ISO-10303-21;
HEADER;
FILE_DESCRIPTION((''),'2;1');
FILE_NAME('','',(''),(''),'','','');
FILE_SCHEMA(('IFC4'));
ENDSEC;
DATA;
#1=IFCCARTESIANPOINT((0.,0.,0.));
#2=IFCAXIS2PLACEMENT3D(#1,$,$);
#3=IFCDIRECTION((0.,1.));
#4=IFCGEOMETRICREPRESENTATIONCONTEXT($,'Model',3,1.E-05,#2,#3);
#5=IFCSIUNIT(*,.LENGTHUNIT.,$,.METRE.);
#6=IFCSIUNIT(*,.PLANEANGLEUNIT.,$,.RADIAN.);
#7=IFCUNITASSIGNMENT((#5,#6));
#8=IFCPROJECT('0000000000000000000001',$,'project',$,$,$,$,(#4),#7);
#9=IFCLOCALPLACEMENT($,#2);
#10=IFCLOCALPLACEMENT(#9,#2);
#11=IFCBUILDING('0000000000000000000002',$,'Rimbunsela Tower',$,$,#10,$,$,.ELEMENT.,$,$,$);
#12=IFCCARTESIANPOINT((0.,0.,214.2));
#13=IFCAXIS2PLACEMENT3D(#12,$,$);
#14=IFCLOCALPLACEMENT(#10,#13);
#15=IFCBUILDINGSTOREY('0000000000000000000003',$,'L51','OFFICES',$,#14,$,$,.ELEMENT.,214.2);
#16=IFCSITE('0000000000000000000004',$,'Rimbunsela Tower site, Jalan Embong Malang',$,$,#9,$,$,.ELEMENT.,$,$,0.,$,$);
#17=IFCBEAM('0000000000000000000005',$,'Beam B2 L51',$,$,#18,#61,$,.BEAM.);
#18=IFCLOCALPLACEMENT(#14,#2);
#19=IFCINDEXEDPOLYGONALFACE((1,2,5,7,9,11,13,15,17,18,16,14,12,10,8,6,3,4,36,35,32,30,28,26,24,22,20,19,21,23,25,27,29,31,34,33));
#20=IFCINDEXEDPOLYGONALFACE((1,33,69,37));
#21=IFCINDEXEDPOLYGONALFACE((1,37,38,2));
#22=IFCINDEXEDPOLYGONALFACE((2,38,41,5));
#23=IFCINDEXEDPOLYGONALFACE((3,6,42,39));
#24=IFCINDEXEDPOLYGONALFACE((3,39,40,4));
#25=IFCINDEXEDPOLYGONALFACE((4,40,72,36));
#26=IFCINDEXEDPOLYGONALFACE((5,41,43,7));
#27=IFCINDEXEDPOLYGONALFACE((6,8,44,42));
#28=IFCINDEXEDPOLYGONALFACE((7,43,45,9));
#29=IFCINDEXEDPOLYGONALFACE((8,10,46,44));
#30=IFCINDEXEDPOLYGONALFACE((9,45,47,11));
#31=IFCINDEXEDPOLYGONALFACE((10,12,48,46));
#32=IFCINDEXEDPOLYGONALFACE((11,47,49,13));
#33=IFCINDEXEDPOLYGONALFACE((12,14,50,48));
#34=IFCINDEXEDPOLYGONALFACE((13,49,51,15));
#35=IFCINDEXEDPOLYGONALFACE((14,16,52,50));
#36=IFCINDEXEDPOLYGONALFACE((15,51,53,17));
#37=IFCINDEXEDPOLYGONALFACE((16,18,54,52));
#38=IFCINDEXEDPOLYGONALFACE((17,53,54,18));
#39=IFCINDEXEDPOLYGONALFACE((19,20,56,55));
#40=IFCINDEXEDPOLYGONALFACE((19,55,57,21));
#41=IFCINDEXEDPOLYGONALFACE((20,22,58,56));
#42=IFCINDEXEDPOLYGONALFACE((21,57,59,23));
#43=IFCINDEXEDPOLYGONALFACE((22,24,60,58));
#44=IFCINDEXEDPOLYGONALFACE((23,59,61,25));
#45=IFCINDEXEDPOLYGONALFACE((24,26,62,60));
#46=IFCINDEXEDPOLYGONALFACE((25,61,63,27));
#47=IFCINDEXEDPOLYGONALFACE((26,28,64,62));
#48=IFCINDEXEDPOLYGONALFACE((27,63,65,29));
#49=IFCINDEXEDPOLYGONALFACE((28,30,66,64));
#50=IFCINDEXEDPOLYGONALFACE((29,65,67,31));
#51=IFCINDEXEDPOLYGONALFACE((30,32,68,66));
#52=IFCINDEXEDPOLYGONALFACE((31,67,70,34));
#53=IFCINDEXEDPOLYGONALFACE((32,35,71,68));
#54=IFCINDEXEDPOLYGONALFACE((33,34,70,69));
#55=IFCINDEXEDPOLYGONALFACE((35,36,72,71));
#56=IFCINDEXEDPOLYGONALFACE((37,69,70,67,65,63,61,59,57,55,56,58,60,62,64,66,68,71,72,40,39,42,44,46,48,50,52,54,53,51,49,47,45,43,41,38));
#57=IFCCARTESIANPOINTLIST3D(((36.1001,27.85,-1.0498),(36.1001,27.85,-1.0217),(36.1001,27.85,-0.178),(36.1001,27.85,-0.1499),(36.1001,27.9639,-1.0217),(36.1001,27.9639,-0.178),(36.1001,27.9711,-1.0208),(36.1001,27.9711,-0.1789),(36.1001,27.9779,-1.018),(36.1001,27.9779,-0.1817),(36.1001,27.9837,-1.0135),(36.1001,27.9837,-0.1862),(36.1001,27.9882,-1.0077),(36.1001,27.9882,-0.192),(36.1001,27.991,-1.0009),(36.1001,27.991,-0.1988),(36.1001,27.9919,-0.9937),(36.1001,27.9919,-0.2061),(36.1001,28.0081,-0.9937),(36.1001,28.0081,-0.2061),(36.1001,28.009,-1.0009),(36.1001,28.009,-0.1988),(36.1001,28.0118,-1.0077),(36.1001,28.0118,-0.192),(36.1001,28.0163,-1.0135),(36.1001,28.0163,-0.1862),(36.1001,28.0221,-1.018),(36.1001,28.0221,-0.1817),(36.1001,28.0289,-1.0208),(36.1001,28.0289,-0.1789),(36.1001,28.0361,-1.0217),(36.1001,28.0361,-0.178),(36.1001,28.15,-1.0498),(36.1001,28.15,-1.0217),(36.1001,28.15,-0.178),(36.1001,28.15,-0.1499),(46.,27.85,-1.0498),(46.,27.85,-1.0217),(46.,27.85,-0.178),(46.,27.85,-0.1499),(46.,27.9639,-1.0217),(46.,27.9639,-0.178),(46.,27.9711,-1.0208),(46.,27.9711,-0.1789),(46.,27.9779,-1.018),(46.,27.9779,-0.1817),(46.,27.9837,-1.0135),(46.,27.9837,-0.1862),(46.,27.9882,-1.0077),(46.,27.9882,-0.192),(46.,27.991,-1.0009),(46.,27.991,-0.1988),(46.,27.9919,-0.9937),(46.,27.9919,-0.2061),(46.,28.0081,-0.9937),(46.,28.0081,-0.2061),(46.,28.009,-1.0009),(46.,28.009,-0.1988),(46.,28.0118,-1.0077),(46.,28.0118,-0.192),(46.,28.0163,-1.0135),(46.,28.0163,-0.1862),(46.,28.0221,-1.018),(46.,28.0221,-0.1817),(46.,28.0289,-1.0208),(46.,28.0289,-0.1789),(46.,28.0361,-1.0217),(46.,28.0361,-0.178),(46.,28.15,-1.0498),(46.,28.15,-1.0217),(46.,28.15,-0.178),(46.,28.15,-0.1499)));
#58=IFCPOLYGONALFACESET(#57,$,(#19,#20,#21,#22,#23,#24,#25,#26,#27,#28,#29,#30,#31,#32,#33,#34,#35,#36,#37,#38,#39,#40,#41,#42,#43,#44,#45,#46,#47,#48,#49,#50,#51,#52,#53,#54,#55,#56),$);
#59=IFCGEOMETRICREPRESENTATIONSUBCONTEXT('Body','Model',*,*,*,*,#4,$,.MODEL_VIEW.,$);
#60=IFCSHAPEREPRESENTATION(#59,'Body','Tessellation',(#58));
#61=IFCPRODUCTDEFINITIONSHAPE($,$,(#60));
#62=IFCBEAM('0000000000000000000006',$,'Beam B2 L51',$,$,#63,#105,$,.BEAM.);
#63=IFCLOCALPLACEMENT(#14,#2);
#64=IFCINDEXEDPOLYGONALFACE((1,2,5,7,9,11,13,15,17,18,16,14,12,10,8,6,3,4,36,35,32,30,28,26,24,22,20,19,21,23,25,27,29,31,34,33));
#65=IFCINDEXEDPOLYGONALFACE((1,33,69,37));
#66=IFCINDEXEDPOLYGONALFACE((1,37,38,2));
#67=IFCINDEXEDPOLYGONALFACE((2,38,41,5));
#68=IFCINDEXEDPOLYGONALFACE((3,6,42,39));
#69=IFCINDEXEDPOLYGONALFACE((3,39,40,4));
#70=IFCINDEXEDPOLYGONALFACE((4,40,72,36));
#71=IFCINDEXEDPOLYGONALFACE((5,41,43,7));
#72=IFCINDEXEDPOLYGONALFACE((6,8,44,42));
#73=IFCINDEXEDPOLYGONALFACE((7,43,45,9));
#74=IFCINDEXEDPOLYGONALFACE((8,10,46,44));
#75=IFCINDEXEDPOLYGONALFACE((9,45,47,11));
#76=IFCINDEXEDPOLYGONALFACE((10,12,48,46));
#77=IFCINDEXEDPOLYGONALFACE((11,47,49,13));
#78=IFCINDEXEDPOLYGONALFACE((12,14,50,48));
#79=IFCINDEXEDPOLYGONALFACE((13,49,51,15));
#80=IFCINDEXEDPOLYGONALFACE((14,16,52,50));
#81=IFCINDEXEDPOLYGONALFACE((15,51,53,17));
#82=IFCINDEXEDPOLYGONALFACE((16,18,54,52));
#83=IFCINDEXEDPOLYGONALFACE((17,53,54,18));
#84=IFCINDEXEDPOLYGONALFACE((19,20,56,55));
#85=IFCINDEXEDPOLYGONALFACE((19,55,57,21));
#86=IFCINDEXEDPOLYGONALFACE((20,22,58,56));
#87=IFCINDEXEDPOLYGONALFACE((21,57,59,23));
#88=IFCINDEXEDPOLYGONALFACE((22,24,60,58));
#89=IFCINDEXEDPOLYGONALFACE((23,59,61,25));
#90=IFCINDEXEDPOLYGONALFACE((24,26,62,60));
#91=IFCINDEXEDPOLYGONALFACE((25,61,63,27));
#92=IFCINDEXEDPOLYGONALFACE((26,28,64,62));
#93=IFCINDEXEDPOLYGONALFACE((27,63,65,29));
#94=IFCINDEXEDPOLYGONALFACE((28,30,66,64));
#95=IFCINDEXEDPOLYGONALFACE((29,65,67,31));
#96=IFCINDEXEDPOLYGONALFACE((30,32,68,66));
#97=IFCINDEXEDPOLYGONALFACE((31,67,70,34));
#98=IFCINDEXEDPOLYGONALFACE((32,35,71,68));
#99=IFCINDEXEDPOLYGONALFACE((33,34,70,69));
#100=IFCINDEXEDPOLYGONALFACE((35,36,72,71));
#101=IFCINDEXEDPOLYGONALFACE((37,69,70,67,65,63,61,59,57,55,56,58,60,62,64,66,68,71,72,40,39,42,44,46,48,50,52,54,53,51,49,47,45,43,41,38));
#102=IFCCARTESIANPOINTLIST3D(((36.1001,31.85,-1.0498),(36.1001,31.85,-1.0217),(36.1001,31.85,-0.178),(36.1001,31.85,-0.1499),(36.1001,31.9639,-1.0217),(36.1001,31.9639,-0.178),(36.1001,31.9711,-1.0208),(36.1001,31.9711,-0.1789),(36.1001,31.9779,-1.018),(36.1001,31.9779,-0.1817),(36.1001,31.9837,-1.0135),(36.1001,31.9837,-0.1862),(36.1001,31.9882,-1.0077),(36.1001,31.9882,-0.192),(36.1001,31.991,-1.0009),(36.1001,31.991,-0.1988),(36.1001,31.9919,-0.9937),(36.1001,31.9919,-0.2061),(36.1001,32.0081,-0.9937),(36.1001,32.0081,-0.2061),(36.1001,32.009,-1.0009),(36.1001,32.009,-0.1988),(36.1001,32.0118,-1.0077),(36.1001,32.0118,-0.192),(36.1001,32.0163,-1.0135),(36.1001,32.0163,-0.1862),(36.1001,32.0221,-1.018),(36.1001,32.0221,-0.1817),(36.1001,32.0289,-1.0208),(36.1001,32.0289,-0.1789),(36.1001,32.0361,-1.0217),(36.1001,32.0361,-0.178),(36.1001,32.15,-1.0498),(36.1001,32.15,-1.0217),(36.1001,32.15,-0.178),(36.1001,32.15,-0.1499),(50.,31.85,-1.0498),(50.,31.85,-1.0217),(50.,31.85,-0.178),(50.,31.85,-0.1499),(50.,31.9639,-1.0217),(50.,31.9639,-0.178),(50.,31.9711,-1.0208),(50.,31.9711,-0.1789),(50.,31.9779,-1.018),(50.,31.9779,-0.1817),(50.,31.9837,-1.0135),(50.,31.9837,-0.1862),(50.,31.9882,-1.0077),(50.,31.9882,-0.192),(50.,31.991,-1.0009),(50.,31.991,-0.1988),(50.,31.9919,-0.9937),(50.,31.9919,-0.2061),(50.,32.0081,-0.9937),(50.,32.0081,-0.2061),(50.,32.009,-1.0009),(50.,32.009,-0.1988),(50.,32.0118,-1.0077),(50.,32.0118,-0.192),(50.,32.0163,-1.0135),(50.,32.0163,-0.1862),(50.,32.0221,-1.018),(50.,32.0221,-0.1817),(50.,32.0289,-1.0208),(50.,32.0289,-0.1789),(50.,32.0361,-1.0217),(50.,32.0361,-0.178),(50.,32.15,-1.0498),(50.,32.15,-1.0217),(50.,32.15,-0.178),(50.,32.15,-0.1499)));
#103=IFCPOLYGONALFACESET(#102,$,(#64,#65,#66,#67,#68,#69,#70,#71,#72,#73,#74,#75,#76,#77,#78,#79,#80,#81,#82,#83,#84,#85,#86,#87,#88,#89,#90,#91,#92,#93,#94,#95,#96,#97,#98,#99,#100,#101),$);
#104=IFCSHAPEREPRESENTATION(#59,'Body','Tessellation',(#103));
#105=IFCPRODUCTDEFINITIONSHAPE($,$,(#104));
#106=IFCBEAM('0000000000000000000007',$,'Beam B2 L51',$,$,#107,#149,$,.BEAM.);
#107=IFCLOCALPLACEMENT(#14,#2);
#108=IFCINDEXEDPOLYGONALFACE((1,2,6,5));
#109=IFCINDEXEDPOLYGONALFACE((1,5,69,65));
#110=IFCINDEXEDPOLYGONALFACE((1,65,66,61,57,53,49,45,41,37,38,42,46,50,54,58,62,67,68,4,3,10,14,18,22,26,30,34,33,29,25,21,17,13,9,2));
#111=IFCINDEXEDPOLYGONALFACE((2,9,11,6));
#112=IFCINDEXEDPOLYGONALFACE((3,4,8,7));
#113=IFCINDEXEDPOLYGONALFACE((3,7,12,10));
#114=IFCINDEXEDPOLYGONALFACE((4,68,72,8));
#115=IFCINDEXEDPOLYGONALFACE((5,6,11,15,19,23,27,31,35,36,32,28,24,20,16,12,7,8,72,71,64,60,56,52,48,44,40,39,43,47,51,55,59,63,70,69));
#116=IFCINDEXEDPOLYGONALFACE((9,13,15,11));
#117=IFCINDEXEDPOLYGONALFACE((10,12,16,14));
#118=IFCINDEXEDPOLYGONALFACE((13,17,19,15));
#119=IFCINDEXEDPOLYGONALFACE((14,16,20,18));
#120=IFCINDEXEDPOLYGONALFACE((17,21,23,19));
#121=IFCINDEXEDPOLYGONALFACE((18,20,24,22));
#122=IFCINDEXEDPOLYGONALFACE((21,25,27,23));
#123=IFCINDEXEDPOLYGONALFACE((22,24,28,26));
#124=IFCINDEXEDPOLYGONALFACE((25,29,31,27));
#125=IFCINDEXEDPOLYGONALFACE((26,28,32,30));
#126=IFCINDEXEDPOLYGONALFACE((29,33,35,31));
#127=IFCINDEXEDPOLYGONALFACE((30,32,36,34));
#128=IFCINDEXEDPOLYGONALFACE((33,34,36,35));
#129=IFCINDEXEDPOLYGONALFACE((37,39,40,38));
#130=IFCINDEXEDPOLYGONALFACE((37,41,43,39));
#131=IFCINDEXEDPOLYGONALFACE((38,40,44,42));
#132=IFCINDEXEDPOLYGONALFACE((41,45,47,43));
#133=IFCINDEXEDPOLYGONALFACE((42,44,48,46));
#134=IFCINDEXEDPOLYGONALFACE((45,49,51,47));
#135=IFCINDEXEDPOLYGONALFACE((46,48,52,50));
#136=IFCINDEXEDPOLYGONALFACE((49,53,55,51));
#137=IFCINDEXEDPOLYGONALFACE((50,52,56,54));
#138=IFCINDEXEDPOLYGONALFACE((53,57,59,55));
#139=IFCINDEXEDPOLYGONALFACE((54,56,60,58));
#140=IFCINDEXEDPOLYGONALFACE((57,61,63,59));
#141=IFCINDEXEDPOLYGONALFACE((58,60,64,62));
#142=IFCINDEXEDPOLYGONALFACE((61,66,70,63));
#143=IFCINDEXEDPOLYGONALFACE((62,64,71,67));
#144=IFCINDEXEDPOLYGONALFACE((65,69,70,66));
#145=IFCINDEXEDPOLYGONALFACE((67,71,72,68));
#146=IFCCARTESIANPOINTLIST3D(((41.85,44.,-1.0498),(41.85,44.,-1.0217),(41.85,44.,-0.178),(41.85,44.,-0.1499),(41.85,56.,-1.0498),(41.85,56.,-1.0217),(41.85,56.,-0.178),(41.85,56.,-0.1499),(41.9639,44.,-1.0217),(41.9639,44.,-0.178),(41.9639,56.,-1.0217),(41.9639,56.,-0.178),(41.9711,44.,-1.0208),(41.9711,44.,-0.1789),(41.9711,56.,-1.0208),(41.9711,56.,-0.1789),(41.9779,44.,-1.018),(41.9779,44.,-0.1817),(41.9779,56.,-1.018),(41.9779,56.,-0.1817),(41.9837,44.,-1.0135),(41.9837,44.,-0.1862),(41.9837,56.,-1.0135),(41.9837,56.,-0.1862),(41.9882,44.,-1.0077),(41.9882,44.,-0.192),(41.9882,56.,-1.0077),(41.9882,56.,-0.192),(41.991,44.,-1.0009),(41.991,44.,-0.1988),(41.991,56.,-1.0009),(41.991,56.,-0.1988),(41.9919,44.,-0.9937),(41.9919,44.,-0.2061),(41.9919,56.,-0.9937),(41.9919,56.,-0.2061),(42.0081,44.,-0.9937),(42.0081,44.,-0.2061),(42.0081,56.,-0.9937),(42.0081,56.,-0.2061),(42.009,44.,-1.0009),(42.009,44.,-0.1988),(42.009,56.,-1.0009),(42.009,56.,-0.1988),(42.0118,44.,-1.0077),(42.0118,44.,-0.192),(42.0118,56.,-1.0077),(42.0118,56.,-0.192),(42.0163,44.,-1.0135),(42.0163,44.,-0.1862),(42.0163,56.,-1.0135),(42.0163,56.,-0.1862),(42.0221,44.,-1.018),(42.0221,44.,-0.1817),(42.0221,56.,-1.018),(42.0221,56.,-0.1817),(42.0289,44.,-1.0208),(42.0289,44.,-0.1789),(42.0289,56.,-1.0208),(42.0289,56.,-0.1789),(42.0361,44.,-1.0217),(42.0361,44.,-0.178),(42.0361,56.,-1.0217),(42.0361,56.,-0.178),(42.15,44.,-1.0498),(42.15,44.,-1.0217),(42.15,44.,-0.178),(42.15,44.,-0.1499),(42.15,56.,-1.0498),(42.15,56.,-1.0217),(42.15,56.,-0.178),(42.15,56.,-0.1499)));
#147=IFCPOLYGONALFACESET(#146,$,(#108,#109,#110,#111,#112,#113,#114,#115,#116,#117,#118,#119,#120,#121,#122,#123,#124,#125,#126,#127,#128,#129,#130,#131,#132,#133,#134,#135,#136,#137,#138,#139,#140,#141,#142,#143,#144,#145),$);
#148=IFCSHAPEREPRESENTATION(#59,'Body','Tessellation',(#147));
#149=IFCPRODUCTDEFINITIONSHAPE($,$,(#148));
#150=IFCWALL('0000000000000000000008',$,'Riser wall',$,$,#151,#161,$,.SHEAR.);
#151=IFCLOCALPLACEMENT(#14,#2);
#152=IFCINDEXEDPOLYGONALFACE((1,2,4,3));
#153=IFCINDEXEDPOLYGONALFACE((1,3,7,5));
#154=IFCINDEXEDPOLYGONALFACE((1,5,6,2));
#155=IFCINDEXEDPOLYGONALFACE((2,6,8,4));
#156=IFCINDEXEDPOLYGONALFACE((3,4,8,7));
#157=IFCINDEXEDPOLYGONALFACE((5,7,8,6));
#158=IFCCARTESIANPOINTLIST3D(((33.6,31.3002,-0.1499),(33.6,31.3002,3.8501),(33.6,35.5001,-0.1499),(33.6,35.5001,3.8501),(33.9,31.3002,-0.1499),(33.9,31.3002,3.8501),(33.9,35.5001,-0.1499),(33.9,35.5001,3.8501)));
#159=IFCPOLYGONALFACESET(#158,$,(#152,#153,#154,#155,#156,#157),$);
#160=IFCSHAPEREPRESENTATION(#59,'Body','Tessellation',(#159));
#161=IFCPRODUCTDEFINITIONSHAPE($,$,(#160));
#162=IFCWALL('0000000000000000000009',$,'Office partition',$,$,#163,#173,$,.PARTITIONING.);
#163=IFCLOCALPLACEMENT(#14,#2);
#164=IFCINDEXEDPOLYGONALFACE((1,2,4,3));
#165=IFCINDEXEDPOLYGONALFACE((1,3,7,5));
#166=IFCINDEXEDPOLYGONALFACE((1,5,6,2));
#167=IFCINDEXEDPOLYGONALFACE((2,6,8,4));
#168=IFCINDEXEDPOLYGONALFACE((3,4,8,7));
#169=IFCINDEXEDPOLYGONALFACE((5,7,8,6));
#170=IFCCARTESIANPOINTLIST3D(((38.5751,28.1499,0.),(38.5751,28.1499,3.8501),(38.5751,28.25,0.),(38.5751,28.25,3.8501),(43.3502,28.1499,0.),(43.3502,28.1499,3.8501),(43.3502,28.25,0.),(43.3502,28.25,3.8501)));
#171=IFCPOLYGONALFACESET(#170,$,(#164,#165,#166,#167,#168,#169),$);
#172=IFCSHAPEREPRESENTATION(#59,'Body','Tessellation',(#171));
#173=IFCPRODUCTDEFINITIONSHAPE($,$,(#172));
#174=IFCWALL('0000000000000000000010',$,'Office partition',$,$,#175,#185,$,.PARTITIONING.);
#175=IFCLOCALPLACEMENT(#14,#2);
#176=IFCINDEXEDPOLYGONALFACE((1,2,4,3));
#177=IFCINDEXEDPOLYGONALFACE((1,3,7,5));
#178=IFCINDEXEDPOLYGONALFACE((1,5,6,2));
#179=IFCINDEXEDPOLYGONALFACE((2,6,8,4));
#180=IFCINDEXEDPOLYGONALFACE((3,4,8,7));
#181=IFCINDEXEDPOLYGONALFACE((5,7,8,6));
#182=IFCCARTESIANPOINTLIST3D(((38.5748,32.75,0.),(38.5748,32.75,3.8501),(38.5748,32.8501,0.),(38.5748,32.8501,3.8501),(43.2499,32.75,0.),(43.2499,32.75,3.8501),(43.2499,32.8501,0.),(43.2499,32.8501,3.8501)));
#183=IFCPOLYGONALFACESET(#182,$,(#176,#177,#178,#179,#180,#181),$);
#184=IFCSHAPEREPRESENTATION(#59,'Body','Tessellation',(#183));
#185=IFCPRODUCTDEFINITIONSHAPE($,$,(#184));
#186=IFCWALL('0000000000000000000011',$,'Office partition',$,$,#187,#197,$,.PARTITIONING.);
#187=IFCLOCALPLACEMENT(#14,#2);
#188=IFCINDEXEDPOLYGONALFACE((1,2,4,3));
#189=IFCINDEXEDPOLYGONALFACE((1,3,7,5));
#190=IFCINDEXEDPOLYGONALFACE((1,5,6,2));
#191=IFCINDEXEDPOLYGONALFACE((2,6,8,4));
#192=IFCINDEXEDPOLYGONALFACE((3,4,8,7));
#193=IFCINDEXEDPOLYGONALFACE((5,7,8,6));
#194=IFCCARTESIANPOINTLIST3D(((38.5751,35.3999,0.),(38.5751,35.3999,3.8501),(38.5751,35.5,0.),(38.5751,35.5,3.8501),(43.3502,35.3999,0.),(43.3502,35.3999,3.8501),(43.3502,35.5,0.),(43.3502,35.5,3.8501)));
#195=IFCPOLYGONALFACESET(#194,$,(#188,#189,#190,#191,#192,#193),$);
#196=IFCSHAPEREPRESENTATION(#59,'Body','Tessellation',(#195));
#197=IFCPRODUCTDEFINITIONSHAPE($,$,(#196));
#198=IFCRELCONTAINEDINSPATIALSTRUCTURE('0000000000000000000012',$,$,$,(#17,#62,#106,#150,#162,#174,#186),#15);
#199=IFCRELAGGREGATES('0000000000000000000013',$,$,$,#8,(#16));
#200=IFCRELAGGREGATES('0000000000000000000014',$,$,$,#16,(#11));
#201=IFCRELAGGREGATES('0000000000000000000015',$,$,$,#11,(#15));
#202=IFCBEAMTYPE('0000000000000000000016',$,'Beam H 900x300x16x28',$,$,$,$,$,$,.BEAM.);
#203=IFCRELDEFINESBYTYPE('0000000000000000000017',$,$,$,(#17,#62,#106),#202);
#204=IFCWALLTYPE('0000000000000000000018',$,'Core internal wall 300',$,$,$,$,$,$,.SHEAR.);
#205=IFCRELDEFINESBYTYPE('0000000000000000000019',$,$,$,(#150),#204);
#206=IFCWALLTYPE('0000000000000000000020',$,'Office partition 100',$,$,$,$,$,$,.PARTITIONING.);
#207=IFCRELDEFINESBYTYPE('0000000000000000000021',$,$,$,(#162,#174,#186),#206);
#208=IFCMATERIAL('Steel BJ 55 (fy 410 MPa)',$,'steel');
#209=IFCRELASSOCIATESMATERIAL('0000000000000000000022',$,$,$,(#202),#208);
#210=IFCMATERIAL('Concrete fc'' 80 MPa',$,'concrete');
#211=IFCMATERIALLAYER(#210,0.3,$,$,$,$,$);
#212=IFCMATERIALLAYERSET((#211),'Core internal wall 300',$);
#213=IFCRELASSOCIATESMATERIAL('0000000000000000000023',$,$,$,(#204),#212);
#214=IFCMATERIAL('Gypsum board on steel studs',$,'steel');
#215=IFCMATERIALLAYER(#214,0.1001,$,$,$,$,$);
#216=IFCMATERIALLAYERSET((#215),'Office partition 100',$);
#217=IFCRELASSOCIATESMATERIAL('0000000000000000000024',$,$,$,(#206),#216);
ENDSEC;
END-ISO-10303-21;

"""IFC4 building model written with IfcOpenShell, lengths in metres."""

from ifc_helpers import new_model, si_unit, direction, frame, frame_2d, origin, origin_2d, place, context, subcontext, project, spatial, rectangle, i_section, extrude, material, layer, layer_set, material_profile, profile_set, type_object, element, save


model = new_model("IFC4")

# Units and contexts
model_context = context("Model", 3, precision=1e-05, world=origin(), true_north=direction((0.0, 1.0)))
body_context = subcontext(model_context, "Body", "Model", "MODEL_VIEW")
ifc_project = project(units=[si_unit("LENGTHUNIT", "METRE"), si_unit("PLANEANGLEUNIT", "RADIAN")], contexts=[model_context])

# Site, building, storey
site_placement = place(None, origin())
site = spatial("IfcSite", under=ifc_project, at=site_placement, Name="Rimbunsela Tower site, Jalan Embong Malang", CompositionType="ELEMENT", RefElevation=0.0)
building_placement = place(site_placement, origin())
building = spatial("IfcBuilding", under=site, at=building_placement, Name="Rimbunsela Tower", CompositionType="ELEMENT")
storey_placement = place(building_placement, frame((0.0, 0.0, 214.2)))
storey = spatial("IfcBuildingStorey", under=building, at=storey_placement, Name="L51", Description="OFFICES", CompositionType="ELEMENT", Elevation=214.2)

# Beams
ifc_material_1 = material(Name="Steel BJ 55 (fy 410 MPa)", Category="steel")
ifc_material_profile_1 = material_profile(ifc_material_1, i_section(OverallWidth=0.3, OverallDepth=0.8999, WebThickness=0.0161, FlangeThickness=0.0281, FilletRadius=0.0281, at=origin_2d()), Name="H 900x300x16x28")
ifc_profile_set_1 = profile_set([ifc_material_profile_1], Name="Steel BJ 55 (fy 410 MPa)")
beam_type_1 = type_object("IfcBeamType", Name="Beam H 900x300x16x28", PredefinedType="BEAM", material=ifc_profile_set_1)
beam_1_placement = place(storey_placement, frame((36.1001, 28.0, -0.5999), z_axis=(1.0, 0.0, 0.0), x_axis=(0.0, 1.0, 0.0)))
element("IfcBeam", 1, at=beam_1_placement, inside=storey, type_object=beam_type_1, Name="Beam B2 L51", PredefinedType="BEAM", context=body_context, shape_type="SweptSolid", body=[
    extrude(i_section(OverallWidth=0.3, OverallDepth=0.8999, WebThickness=0.0161, FlangeThickness=0.0281, FilletRadius=0.0281, at=origin_2d()), origin(), (0.0, 0.0, 1.0), 9.8999),
])
beam_2_placement = place(storey_placement, frame((36.1001, 32.0, -0.5999), z_axis=(1.0, 0.0, 0.0), x_axis=(0.0, 1.0, 0.0)))
element("IfcBeam", 2, at=beam_2_placement, inside=storey, type_object=beam_type_1, Name="Beam B2 L51", PredefinedType="BEAM", context=body_context, shape_type="SweptSolid", body=[
    extrude(i_section(OverallWidth=0.3, OverallDepth=0.8999, WebThickness=0.0161, FlangeThickness=0.0281, FilletRadius=0.0281, at=origin_2d()), origin(), (0.0, 0.0, 1.0), 13.8999),
])
beam_3_placement = place(storey_placement, frame((42.0, 44.0, -0.5999), z_axis=(0.0, 1.0, 0.0), x_axis=(-1.0, 0.0, 0.0)))
element("IfcBeam", 3, at=beam_3_placement, inside=storey, type_object=beam_type_1, Name="Beam B2 L51", PredefinedType="BEAM", context=body_context, shape_type="SweptSolid", body=[
    extrude(i_section(OverallWidth=0.3, OverallDepth=0.8999, WebThickness=0.0161, FlangeThickness=0.0281, FilletRadius=0.0281, at=origin_2d()), origin(), (0.0, 0.0, 1.0), 12.0),
])

# Walls
ifc_material_2 = material(Name="Concrete fc' 80 MPa", Category="concrete")
ifc_layer_1 = layer(ifc_material_2, 0.3)
ifc_layer_set_1 = layer_set([ifc_layer_1], Name="Core internal wall 300")
wall_type_1 = type_object("IfcWallType", Name="Core internal wall 300", PredefinedType="SHEAR", material=ifc_layer_set_1)
wall_1_placement = place(storey_placement, frame((33.75, 31.3, -0.1499), z_axis=(0.0, 0.0, 1.0), x_axis=(0.0, 1.0, 0.0)))
element("IfcWall", 4, at=wall_1_placement, inside=storey, type_object=wall_type_1, Name="Riser wall", PredefinedType="SHEAR", context=body_context, shape_type="SweptSolid", body=[
    extrude(rectangle(XDim=4.2, YDim=0.3, at=frame_2d((2.1001, 0.0))), origin(), (0.0, 0.0, 1.0), 4.0),
])
ifc_material_3 = material(Name="Gypsum board on steel studs", Category="steel")
ifc_layer_2 = layer(ifc_material_3, 0.1001)
ifc_layer_set_2 = layer_set([ifc_layer_2], Name="Office partition 100")
wall_type_2 = type_object("IfcWallType", Name="Office partition 100", PredefinedType="PARTITIONING", material=ifc_layer_set_2)
wall_2_placement = place(storey_placement, frame((38.575, 28.2, 0.0), z_axis=(0.0, 0.0, 1.0), x_axis=(1.0, 0.0, 0.0)))
element("IfcWall", 5, at=wall_2_placement, inside=storey, type_object=wall_type_2, Name="Office partition", PredefinedType="PARTITIONING", context=body_context, shape_type="SweptSolid", body=[
    extrude(rectangle(XDim=4.7751, YDim=0.1001, at=frame_2d((2.3877, 0.0))), origin(), (0.0, 0.0, 1.0), 3.8501),
])
wall_3_placement = place(storey_placement, frame((38.575, 32.8, 0.0), z_axis=(0.0, 0.0, 1.0), x_axis=(1.0, 0.0, 0.0)))
element("IfcWall", 6, at=wall_3_placement, inside=storey, type_object=wall_type_2, Name="Office partition", PredefinedType="PARTITIONING", context=body_context, shape_type="SweptSolid", body=[
    extrude(rectangle(XDim=4.675, YDim=0.1001, at=frame_2d((2.3374, 0.0))), origin(), (0.0, 0.0, 1.0), 3.8501),
])
wall_4_placement = place(storey_placement, frame((38.575, 35.45, 0.0), z_axis=(0.0, 0.0, 1.0), x_axis=(1.0, 0.0, 0.0)))
element("IfcWall", 7, at=wall_4_placement, inside=storey, type_object=wall_type_2, Name="Office partition", PredefinedType="PARTITIONING", context=body_context, shape_type="SweptSolid", body=[
    extrude(rectangle(XDim=4.7751, YDim=0.1001, at=frame_2d((2.3877, 0.0))), origin(), (0.0, 0.0, 1.0), 3.8501),
])

save(model, "model.ifc")
